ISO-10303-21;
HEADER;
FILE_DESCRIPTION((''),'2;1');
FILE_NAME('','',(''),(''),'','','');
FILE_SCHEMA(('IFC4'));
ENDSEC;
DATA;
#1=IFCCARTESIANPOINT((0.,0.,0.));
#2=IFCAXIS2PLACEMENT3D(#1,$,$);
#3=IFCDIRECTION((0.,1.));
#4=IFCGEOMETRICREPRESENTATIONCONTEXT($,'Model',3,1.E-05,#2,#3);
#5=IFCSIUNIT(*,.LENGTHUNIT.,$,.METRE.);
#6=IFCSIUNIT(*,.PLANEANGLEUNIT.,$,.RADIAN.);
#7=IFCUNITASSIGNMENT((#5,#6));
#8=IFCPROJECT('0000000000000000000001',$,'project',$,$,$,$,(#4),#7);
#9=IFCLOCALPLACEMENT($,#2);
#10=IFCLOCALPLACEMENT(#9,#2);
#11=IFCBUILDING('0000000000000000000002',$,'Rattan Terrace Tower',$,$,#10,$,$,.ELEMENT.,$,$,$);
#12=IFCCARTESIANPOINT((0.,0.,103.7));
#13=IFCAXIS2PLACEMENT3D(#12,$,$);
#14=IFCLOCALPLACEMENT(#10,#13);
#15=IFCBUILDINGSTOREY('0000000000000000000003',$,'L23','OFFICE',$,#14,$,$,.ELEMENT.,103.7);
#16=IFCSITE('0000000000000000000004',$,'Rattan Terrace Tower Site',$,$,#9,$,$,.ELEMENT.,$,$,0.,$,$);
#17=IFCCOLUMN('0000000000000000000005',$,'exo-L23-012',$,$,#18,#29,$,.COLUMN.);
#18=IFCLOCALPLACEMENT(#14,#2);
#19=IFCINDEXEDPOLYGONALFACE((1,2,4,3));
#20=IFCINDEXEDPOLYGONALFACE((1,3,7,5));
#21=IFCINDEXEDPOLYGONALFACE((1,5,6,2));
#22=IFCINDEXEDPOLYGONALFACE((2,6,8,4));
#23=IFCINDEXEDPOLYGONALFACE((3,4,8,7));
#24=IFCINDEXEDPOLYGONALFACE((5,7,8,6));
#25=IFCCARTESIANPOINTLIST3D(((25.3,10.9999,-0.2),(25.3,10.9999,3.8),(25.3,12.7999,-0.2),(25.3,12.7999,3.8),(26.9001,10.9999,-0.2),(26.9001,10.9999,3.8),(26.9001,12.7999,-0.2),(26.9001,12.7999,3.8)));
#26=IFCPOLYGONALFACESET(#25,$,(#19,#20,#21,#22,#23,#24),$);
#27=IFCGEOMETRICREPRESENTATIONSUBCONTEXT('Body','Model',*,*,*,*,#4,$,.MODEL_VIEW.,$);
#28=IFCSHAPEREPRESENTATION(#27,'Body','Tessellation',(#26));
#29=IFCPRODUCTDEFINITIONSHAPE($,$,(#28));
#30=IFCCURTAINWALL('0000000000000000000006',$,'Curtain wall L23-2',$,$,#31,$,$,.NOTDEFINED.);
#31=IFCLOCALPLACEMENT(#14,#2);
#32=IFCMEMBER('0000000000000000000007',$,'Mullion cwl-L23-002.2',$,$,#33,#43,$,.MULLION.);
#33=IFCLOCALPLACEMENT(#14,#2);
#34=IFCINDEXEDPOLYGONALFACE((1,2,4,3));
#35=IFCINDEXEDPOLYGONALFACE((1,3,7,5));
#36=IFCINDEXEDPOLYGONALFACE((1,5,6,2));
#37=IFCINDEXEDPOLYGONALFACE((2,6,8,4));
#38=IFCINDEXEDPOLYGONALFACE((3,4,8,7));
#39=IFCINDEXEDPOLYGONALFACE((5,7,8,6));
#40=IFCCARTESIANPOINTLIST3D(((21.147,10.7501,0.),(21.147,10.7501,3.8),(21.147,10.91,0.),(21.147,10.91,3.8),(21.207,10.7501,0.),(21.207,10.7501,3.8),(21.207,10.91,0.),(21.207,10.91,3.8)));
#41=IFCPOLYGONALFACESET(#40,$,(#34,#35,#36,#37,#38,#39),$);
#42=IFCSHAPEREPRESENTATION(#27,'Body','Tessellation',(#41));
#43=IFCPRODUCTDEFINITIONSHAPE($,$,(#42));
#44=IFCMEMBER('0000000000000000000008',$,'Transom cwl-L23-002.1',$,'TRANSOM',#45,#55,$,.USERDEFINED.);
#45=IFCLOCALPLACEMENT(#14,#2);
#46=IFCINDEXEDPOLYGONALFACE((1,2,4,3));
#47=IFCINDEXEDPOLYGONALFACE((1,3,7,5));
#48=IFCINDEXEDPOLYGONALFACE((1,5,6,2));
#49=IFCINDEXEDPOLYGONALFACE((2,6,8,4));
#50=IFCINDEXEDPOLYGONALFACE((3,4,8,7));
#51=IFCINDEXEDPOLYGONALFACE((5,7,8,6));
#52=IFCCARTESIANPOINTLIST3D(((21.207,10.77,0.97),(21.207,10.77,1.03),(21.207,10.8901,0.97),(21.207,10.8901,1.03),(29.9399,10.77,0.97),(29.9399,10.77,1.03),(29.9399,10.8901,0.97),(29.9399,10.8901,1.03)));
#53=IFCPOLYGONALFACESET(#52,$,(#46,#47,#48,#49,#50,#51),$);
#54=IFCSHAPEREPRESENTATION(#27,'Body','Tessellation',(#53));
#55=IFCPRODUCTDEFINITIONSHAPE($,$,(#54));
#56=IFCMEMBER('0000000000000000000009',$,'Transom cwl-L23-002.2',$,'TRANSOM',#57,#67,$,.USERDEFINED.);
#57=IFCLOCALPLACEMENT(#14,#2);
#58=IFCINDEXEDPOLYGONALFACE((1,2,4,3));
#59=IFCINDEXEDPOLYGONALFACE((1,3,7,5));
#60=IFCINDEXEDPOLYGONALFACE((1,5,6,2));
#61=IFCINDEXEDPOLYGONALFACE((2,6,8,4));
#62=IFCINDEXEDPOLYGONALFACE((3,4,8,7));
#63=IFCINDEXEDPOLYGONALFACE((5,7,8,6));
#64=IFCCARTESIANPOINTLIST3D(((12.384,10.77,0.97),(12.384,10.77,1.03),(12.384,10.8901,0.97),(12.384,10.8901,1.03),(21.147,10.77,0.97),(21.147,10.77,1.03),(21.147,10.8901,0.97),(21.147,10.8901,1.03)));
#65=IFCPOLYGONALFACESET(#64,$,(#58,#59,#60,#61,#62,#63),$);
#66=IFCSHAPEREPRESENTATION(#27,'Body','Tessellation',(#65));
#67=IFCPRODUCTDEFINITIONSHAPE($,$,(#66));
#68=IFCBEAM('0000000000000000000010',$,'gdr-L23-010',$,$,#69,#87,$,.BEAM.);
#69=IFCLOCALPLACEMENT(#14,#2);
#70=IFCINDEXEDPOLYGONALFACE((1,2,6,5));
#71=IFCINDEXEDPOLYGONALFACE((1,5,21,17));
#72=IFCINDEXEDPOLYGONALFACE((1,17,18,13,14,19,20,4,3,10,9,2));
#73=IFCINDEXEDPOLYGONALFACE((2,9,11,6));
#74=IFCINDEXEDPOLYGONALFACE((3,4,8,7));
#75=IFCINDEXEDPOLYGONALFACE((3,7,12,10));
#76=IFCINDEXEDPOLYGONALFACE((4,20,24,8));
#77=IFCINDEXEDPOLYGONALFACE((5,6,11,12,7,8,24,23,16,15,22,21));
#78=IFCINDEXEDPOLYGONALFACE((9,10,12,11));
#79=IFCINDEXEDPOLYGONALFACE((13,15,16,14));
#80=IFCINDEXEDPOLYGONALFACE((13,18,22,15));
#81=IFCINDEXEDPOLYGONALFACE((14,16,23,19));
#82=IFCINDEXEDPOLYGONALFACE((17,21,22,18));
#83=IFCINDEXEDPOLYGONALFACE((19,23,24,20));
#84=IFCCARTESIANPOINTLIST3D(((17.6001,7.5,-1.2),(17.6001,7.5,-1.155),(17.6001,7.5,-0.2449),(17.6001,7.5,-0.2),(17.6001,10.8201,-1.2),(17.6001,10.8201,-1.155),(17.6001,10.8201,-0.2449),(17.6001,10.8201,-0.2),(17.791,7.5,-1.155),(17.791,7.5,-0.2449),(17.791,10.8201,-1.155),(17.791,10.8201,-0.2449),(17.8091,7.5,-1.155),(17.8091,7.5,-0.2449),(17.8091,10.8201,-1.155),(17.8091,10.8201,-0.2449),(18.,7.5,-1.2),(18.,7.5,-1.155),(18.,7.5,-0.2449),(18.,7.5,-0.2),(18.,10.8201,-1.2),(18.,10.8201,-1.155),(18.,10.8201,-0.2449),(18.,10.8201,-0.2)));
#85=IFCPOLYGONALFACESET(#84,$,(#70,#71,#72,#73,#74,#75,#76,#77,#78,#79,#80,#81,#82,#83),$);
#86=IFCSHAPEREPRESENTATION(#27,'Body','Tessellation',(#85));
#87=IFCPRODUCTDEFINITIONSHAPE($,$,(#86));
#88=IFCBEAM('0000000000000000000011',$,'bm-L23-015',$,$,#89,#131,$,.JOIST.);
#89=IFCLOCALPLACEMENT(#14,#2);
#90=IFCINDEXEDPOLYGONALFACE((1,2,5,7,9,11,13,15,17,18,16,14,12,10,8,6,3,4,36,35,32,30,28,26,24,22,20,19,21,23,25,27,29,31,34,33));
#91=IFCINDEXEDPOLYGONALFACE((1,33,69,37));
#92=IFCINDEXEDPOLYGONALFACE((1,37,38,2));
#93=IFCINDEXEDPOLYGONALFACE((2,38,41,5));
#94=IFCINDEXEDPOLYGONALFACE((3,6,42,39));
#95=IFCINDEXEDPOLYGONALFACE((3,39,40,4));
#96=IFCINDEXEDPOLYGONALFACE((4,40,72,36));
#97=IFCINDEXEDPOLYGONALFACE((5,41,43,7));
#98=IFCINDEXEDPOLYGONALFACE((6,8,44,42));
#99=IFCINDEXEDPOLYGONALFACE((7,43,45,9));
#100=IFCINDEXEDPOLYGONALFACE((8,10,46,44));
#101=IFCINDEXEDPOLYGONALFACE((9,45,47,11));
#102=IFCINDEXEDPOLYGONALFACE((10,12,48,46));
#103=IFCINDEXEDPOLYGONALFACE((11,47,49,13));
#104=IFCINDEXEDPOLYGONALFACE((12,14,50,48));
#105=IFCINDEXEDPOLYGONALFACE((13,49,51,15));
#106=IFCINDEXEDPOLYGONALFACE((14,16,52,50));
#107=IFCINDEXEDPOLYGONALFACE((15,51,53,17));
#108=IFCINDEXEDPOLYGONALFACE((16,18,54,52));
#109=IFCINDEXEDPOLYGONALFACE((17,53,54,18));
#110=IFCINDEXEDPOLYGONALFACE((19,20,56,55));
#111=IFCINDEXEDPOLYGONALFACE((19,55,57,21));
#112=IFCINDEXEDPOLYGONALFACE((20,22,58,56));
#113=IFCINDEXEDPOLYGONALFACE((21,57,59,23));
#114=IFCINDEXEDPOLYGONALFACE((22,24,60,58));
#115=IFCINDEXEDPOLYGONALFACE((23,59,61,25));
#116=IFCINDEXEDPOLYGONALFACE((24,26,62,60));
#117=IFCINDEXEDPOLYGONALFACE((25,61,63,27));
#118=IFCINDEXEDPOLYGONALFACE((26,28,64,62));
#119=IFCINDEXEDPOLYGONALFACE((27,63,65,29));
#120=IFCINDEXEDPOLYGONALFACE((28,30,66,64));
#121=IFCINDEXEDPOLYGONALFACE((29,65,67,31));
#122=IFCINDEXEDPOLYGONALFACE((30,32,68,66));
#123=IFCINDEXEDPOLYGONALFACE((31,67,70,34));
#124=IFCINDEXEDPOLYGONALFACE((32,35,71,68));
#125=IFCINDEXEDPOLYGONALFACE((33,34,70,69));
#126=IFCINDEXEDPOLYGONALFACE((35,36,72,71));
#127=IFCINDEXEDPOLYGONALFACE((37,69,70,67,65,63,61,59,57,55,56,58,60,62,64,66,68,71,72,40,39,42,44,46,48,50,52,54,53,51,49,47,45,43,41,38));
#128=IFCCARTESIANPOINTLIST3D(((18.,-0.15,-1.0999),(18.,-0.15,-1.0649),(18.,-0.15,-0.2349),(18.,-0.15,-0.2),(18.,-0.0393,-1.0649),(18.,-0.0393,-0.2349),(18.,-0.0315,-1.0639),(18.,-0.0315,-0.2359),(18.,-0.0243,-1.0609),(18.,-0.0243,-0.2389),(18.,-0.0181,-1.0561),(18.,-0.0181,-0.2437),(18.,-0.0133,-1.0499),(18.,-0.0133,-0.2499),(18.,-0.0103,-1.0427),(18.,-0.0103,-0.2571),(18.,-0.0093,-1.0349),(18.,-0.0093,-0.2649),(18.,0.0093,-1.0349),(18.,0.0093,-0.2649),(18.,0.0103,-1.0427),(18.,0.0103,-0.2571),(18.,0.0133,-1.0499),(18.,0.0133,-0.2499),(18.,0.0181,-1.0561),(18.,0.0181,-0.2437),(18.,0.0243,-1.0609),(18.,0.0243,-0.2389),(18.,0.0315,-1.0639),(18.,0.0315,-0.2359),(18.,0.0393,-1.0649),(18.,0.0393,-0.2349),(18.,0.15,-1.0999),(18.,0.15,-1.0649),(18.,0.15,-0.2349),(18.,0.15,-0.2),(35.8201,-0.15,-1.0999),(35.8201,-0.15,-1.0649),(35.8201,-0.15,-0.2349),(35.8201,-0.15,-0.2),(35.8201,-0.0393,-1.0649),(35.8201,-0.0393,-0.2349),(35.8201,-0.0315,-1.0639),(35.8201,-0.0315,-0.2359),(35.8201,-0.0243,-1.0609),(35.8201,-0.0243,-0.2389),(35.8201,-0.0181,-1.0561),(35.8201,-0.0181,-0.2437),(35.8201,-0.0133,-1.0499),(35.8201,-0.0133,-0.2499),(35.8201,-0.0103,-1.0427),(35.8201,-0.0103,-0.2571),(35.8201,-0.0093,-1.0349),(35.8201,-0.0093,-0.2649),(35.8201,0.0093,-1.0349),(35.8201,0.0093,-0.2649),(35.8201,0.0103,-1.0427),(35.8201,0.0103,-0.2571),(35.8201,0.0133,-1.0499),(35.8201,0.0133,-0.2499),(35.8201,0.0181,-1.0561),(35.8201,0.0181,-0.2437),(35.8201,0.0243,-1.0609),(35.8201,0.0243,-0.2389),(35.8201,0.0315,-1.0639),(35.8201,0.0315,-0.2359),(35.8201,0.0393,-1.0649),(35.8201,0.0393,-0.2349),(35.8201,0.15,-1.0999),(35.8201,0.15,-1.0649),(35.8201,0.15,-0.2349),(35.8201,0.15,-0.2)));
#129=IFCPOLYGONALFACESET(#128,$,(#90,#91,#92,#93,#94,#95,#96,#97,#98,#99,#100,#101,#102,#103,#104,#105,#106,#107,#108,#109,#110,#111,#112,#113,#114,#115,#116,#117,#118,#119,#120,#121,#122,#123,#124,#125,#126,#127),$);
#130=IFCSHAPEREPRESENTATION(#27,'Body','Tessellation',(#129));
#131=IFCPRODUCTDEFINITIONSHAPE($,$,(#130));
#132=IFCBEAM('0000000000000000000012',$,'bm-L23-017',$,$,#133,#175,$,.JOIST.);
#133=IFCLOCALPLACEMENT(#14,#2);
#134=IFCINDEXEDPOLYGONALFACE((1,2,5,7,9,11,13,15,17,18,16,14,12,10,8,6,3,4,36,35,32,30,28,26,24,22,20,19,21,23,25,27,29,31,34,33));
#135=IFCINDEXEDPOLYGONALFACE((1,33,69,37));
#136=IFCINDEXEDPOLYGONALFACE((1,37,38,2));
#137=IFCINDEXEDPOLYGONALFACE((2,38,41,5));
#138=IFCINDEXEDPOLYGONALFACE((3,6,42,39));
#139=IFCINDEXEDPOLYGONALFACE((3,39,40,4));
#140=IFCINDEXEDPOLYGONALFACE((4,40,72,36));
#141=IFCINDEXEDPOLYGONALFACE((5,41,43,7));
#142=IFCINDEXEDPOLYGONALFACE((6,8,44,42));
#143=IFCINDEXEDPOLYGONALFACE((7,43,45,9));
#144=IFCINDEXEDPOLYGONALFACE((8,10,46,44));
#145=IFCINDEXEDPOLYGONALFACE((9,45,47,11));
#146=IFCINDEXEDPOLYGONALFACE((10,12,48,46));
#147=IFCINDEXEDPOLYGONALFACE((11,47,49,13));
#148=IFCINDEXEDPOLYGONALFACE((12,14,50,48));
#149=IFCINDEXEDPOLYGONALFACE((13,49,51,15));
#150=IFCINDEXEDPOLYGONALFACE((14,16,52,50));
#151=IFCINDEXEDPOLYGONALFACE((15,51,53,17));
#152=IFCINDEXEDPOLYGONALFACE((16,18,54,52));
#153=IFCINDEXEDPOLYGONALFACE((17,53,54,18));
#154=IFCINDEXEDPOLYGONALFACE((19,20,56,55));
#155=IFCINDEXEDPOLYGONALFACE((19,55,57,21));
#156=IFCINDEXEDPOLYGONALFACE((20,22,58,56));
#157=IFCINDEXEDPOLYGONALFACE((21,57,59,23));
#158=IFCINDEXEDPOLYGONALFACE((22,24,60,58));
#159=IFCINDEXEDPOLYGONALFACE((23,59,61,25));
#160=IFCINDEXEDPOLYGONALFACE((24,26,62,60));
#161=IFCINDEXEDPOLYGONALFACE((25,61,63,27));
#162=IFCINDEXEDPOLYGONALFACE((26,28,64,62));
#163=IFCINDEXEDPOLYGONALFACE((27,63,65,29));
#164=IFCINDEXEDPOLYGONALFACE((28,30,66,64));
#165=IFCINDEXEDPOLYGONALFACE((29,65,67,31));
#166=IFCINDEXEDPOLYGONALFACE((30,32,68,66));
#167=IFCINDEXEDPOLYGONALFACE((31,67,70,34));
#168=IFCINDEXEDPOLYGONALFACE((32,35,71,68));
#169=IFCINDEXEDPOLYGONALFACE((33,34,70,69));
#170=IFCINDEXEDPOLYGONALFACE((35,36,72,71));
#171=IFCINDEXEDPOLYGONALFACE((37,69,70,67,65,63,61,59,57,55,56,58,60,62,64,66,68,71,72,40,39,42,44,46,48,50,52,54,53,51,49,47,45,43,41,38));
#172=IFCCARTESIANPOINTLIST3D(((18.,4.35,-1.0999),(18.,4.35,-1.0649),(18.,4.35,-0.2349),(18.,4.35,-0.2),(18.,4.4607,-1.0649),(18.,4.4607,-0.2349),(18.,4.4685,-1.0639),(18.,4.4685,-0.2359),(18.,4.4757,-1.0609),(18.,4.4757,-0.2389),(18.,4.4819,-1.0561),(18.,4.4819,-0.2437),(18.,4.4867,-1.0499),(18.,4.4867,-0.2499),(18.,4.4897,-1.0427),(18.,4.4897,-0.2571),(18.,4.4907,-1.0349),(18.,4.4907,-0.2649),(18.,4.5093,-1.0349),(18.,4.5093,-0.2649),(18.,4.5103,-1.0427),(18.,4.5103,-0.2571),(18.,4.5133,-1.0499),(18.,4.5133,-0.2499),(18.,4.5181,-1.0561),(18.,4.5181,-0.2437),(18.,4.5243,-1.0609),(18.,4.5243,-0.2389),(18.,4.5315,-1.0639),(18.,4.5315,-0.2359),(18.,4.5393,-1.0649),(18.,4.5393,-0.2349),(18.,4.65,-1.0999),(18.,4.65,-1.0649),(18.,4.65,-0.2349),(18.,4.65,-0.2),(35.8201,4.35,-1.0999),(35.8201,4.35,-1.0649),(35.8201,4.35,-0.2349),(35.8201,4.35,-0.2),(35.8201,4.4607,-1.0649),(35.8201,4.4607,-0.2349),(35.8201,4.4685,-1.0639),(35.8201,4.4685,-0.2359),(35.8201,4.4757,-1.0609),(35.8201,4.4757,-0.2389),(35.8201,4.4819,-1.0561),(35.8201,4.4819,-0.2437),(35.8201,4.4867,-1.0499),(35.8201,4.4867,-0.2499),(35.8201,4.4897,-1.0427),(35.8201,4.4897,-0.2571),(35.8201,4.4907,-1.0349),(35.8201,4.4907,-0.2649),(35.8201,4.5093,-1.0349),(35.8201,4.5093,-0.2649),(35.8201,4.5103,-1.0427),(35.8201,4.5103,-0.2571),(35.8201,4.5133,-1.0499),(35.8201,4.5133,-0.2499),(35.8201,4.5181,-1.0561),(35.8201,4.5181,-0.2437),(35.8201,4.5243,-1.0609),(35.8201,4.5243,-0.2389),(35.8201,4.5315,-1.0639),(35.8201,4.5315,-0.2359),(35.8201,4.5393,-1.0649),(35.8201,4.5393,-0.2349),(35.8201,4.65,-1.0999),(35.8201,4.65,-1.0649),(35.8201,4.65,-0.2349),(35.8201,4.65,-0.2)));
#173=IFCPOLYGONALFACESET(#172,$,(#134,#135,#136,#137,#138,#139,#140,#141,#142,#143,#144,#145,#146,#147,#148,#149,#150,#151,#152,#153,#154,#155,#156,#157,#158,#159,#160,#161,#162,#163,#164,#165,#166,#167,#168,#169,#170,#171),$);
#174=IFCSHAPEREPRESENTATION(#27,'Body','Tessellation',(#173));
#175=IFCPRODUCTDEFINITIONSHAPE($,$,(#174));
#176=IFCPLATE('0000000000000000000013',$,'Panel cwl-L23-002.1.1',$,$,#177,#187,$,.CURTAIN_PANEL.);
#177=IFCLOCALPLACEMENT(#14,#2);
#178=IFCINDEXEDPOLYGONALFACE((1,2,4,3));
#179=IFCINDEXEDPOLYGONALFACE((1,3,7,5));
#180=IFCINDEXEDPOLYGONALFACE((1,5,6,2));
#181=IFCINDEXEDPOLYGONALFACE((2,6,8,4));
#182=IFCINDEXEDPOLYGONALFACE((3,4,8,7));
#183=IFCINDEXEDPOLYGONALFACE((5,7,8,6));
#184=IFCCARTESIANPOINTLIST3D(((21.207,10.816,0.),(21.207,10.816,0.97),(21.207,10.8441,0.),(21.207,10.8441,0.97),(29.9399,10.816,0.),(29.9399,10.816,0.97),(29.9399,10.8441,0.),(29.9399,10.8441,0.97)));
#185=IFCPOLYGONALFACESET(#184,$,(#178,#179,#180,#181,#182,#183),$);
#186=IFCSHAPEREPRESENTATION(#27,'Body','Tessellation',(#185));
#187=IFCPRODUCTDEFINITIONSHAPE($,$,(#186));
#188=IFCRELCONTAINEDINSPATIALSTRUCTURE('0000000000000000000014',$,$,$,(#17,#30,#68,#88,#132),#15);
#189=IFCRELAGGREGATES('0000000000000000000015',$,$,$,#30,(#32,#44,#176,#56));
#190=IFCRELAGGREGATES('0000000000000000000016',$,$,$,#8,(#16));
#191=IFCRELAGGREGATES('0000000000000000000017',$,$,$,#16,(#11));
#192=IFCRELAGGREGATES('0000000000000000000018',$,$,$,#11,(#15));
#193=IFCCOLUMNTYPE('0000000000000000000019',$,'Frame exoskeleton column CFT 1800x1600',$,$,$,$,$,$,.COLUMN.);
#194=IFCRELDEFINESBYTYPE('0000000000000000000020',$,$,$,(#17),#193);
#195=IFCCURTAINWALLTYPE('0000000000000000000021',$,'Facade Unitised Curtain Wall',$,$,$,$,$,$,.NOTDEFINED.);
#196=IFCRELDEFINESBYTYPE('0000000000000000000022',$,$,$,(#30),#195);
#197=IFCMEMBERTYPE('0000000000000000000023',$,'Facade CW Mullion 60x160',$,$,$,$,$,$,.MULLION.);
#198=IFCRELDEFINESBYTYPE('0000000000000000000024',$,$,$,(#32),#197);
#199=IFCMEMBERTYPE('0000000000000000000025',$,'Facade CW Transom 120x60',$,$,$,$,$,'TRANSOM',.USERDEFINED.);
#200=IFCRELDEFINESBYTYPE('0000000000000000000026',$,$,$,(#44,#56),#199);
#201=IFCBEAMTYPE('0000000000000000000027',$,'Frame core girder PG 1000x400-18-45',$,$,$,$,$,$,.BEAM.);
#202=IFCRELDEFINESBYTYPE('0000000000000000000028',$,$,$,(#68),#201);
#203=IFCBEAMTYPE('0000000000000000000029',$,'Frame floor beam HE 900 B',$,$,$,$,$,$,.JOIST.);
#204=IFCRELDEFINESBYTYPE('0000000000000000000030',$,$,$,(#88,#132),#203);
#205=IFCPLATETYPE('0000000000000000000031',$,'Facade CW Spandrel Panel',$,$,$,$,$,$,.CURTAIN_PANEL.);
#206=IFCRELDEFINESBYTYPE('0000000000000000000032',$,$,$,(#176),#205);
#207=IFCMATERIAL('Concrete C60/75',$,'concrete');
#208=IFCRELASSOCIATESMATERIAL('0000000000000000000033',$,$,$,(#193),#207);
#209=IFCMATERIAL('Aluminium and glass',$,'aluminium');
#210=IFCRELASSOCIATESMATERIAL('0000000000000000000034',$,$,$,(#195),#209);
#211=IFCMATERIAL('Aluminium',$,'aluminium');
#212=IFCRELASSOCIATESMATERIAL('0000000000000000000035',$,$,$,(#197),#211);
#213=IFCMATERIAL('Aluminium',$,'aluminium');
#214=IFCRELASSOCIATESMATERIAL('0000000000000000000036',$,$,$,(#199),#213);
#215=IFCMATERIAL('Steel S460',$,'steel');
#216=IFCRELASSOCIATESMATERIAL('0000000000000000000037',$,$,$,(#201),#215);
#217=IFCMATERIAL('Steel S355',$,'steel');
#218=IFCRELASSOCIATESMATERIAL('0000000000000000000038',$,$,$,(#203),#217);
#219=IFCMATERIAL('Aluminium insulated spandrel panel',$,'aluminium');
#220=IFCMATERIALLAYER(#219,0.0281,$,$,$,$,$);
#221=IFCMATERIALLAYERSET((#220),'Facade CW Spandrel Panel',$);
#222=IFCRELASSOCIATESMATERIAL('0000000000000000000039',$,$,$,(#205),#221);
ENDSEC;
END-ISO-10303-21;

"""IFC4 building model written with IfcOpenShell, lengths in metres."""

from ifc_helpers import new_model, si_unit, direction, frame, origin, origin_2d, place, context, subcontext, project, spatial, rectangle, i_section, extrude, material, layer, layer_set, material_profile, profile_set, type_object, element, aggregate, save


model = new_model("IFC4")

# Units and contexts
model_context = context("Model", 3, precision=1e-05, world=origin(), true_north=direction((0.0, 1.0)))
body_context = subcontext(model_context, "Body", "Model", "MODEL_VIEW")
ifc_project = project(units=[si_unit("LENGTHUNIT", "METRE"), si_unit("PLANEANGLEUNIT", "RADIAN")], contexts=[model_context])

# Site, building, storey
site_placement = place(None, origin())
site = spatial("IfcSite", under=ifc_project, at=site_placement, Name="Rattan Terrace Tower Site", CompositionType="ELEMENT", RefElevation=0.0)
building_placement = place(site_placement, origin())
building = spatial("IfcBuilding", under=site, at=building_placement, Name="Rattan Terrace Tower", CompositionType="ELEMENT")
storey_placement = place(building_placement, frame((0.0, 0.0, 103.7)))
storey = spatial("IfcBuildingStorey", under=building, at=storey_placement, Name="L23", Description="OFFICE", CompositionType="ELEMENT", Elevation=103.7)

# Column
ifc_material_1 = material(Name="Concrete C60/75", Category="concrete")
ifc_material_profile_1 = material_profile(ifc_material_1, rectangle(XDim=1.6001, YDim=1.8, at=origin_2d()), Name="CFT 1800x1600")
ifc_profile_set_1 = profile_set([ifc_material_profile_1], Name="Concrete C60/75")
column_type = type_object("IfcColumnType", Name="Frame exoskeleton column CFT 1800x1600", PredefinedType="COLUMN", material=ifc_profile_set_1)
column_placement = place(storey_placement, frame((26.1001, 11.8999, -0.2), z_axis=(0.0, 0.0, 1.0), x_axis=(1.0, 0.0, 0.0)))
element("IfcColumn", 1, at=column_placement, inside=storey, type_object=column_type, Name="exo-L23-012", PredefinedType="COLUMN", context=body_context, shape_type="SweptSolid", body=[
    extrude(rectangle(XDim=1.6001, YDim=1.8, at=origin_2d()), origin(), (0.0, 0.0, 1.0), 4.0),
])

# Curtain wall, members
ifc_material_2 = material(Name="Aluminium and glass", Category="aluminium")
curtain_wall_type = type_object("IfcCurtainWallType", Name="Facade Unitised Curtain Wall", PredefinedType="NOTDEFINED", material=ifc_material_2)
curtain_wall_placement = place(storey_placement, origin())
curtain_wall = element("IfcCurtainWall", 2, at=curtain_wall_placement, inside=storey, type_object=curtain_wall_type, Name="Curtain wall L23-2", PredefinedType="NOTDEFINED")
ifc_material_3 = material(Name="Aluminium", Category="aluminium")
ifc_material_profile_2 = material_profile(ifc_material_3, rectangle(XDim=0.0601, YDim=0.1599, at=origin_2d()), Name="Aluminium 60x160")
ifc_profile_set_2 = profile_set([ifc_material_profile_2], Name="Aluminium")
member_type_1 = type_object("IfcMemberType", Name="Facade CW Mullion 60x160", PredefinedType="MULLION", material=ifc_profile_set_2)
member_1_placement = place(storey_placement, frame((21.177, 10.8301, 0.0), z_axis=(0.0, 0.0, 1.0), x_axis=(-1.0, 0.0, 0.0)))
member_1 = element("IfcMember", 3, at=member_1_placement, type_object=member_type_1, Name="Mullion cwl-L23-002.2", PredefinedType="MULLION", context=body_context, shape_type="SweptSolid", body=[
    extrude(rectangle(XDim=0.0601, YDim=0.1599, at=origin_2d()), origin(), (0.0, 0.0, 1.0), 3.8),
])
ifc_material_4 = material(Name="Aluminium", Category="aluminium")
ifc_material_profile_3 = material_profile(ifc_material_4, rectangle(XDim=0.1201, YDim=0.0601, at=origin_2d()), Name="Aluminium 120x60")
ifc_profile_set_3 = profile_set([ifc_material_profile_3], Name="Aluminium")
member_type_2 = type_object("IfcMemberType", Name="Facade CW Transom 120x60", ElementType="TRANSOM", PredefinedType="USERDEFINED", material=ifc_profile_set_3)
member_2_placement = place(storey_placement, frame((29.9399, 10.8301, 1.0), z_axis=(-1.0, 0.0, 0.0), x_axis=(0.0, -1.0, 0.0)))
member_2 = element("IfcMember", 4, at=member_2_placement, type_object=member_type_2, Name="Transom cwl-L23-002.1", ObjectType="TRANSOM", PredefinedType="USERDEFINED", context=body_context, shape_type="SweptSolid", body=[
    extrude(rectangle(XDim=0.1201, YDim=0.0601, at=origin_2d()), origin(), (0.0, 0.0, 1.0), 8.7329),
])
member_3_placement = place(storey_placement, frame((21.147, 10.8301, 1.0), z_axis=(-1.0, 0.0, 0.0), x_axis=(0.0, -1.0, 0.0)))
member_3 = element("IfcMember", 5, at=member_3_placement, type_object=member_type_2, Name="Transom cwl-L23-002.2", ObjectType="TRANSOM", PredefinedType="USERDEFINED", context=body_context, shape_type="SweptSolid", body=[
    extrude(rectangle(XDim=0.1201, YDim=0.0601, at=origin_2d()), origin(), (0.0, 0.0, 1.0), 8.7629),
])

# Beams
ifc_material_5 = material(Name="Steel S460", Category="steel")
ifc_material_profile_4 = material_profile(ifc_material_5, i_section(OverallWidth=0.3999, OverallDepth=1.0, WebThickness=0.0181, FlangeThickness=0.0449, at=origin_2d()), Name="PG 1000x400-18-45")
ifc_profile_set_4 = profile_set([ifc_material_profile_4], Name="Steel S460")
beam_type_1 = type_object("IfcBeamType", Name="Frame core girder PG 1000x400-18-45", PredefinedType="BEAM", material=ifc_profile_set_4)
beam_placement = place(storey_placement, frame((17.8, 7.5, -0.7), z_axis=(0.0, 1.0, 0.0), x_axis=(-1.0, 0.0, 0.0)))
element("IfcBeam", 6, at=beam_placement, inside=storey, type_object=beam_type_1, Name="gdr-L23-010", PredefinedType="BEAM", context=body_context, shape_type="SweptSolid", body=[
    extrude(i_section(OverallWidth=0.3999, OverallDepth=1.0, WebThickness=0.0181, FlangeThickness=0.0449, at=origin_2d()), origin(), (0.0, 0.0, 1.0), 3.3201),
])
ifc_material_6 = material(Name="Steel S355", Category="steel")
ifc_material_profile_5 = material_profile(ifc_material_6, i_section(OverallWidth=0.3, OverallDepth=0.8999, WebThickness=0.0186, FlangeThickness=0.0349, FilletRadius=0.03, at=origin_2d()), Name="HE 900 B")
ifc_profile_set_5 = profile_set([ifc_material_profile_5], Name="Steel S355")
beam_type_2 = type_object("IfcBeamType", Name="Frame floor beam HE 900 B", PredefinedType="JOIST", material=ifc_profile_set_5)
for number, where, z_axis, x_axis, name in (
    (7, (18.0, 0.0, -0.6499), (1.0, 0.0, 0.0), (0.0, 1.0, 0.0), "bm-L23-015"),
    (8, (18.0, 4.5, -0.6499), (1.0, 0.0, 0.0), (0.0, 1.0, 0.0), "bm-L23-017"),
):
    element("IfcBeam", number, at=place(storey_placement, frame(where, z_axis=z_axis, x_axis=x_axis)), inside=storey, type_object=beam_type_2, Name=name, PredefinedType="JOIST", context=body_context, shape_type="SweptSolid", body=[
        extrude(i_section(OverallWidth=0.3, OverallDepth=0.8999, WebThickness=0.0186, FlangeThickness=0.0349, FilletRadius=0.03, at=origin_2d()), origin(), (0.0, 0.0, 1.0), 17.8201),
    ])

# Plate
ifc_material_7 = material(Name="Aluminium insulated spandrel panel", Category="aluminium")
ifc_layer_1 = layer(ifc_material_7, 0.0281)
ifc_layer_set_1 = layer_set([ifc_layer_1], Name="Facade CW Spandrel Panel")
plate_type_1 = type_object("IfcPlateType", Name="Facade CW Spandrel Panel", PredefinedType="CURTAIN_PANEL", material=ifc_layer_set_1)
plate_1_placement = place(storey_placement, frame((25.5735, 10.8301, 0.0), z_axis=(0.0, 0.0, 1.0), x_axis=(-1.0, 0.0, 0.0)))
plate_1 = element("IfcPlate", 9, at=plate_1_placement, type_object=plate_type_1, Name="Panel cwl-L23-002.1.1", PredefinedType="CURTAIN_PANEL", context=body_context, shape_type="SweptSolid", body=[
    extrude(rectangle(XDim=8.7329, YDim=0.0281, at=origin_2d()), origin(), (0.0, 0.0, 1.0), 0.97),
])
aggregate(curtain_wall, [member_1, member_2, plate_1, member_3])

save(model, "model.ifc")
